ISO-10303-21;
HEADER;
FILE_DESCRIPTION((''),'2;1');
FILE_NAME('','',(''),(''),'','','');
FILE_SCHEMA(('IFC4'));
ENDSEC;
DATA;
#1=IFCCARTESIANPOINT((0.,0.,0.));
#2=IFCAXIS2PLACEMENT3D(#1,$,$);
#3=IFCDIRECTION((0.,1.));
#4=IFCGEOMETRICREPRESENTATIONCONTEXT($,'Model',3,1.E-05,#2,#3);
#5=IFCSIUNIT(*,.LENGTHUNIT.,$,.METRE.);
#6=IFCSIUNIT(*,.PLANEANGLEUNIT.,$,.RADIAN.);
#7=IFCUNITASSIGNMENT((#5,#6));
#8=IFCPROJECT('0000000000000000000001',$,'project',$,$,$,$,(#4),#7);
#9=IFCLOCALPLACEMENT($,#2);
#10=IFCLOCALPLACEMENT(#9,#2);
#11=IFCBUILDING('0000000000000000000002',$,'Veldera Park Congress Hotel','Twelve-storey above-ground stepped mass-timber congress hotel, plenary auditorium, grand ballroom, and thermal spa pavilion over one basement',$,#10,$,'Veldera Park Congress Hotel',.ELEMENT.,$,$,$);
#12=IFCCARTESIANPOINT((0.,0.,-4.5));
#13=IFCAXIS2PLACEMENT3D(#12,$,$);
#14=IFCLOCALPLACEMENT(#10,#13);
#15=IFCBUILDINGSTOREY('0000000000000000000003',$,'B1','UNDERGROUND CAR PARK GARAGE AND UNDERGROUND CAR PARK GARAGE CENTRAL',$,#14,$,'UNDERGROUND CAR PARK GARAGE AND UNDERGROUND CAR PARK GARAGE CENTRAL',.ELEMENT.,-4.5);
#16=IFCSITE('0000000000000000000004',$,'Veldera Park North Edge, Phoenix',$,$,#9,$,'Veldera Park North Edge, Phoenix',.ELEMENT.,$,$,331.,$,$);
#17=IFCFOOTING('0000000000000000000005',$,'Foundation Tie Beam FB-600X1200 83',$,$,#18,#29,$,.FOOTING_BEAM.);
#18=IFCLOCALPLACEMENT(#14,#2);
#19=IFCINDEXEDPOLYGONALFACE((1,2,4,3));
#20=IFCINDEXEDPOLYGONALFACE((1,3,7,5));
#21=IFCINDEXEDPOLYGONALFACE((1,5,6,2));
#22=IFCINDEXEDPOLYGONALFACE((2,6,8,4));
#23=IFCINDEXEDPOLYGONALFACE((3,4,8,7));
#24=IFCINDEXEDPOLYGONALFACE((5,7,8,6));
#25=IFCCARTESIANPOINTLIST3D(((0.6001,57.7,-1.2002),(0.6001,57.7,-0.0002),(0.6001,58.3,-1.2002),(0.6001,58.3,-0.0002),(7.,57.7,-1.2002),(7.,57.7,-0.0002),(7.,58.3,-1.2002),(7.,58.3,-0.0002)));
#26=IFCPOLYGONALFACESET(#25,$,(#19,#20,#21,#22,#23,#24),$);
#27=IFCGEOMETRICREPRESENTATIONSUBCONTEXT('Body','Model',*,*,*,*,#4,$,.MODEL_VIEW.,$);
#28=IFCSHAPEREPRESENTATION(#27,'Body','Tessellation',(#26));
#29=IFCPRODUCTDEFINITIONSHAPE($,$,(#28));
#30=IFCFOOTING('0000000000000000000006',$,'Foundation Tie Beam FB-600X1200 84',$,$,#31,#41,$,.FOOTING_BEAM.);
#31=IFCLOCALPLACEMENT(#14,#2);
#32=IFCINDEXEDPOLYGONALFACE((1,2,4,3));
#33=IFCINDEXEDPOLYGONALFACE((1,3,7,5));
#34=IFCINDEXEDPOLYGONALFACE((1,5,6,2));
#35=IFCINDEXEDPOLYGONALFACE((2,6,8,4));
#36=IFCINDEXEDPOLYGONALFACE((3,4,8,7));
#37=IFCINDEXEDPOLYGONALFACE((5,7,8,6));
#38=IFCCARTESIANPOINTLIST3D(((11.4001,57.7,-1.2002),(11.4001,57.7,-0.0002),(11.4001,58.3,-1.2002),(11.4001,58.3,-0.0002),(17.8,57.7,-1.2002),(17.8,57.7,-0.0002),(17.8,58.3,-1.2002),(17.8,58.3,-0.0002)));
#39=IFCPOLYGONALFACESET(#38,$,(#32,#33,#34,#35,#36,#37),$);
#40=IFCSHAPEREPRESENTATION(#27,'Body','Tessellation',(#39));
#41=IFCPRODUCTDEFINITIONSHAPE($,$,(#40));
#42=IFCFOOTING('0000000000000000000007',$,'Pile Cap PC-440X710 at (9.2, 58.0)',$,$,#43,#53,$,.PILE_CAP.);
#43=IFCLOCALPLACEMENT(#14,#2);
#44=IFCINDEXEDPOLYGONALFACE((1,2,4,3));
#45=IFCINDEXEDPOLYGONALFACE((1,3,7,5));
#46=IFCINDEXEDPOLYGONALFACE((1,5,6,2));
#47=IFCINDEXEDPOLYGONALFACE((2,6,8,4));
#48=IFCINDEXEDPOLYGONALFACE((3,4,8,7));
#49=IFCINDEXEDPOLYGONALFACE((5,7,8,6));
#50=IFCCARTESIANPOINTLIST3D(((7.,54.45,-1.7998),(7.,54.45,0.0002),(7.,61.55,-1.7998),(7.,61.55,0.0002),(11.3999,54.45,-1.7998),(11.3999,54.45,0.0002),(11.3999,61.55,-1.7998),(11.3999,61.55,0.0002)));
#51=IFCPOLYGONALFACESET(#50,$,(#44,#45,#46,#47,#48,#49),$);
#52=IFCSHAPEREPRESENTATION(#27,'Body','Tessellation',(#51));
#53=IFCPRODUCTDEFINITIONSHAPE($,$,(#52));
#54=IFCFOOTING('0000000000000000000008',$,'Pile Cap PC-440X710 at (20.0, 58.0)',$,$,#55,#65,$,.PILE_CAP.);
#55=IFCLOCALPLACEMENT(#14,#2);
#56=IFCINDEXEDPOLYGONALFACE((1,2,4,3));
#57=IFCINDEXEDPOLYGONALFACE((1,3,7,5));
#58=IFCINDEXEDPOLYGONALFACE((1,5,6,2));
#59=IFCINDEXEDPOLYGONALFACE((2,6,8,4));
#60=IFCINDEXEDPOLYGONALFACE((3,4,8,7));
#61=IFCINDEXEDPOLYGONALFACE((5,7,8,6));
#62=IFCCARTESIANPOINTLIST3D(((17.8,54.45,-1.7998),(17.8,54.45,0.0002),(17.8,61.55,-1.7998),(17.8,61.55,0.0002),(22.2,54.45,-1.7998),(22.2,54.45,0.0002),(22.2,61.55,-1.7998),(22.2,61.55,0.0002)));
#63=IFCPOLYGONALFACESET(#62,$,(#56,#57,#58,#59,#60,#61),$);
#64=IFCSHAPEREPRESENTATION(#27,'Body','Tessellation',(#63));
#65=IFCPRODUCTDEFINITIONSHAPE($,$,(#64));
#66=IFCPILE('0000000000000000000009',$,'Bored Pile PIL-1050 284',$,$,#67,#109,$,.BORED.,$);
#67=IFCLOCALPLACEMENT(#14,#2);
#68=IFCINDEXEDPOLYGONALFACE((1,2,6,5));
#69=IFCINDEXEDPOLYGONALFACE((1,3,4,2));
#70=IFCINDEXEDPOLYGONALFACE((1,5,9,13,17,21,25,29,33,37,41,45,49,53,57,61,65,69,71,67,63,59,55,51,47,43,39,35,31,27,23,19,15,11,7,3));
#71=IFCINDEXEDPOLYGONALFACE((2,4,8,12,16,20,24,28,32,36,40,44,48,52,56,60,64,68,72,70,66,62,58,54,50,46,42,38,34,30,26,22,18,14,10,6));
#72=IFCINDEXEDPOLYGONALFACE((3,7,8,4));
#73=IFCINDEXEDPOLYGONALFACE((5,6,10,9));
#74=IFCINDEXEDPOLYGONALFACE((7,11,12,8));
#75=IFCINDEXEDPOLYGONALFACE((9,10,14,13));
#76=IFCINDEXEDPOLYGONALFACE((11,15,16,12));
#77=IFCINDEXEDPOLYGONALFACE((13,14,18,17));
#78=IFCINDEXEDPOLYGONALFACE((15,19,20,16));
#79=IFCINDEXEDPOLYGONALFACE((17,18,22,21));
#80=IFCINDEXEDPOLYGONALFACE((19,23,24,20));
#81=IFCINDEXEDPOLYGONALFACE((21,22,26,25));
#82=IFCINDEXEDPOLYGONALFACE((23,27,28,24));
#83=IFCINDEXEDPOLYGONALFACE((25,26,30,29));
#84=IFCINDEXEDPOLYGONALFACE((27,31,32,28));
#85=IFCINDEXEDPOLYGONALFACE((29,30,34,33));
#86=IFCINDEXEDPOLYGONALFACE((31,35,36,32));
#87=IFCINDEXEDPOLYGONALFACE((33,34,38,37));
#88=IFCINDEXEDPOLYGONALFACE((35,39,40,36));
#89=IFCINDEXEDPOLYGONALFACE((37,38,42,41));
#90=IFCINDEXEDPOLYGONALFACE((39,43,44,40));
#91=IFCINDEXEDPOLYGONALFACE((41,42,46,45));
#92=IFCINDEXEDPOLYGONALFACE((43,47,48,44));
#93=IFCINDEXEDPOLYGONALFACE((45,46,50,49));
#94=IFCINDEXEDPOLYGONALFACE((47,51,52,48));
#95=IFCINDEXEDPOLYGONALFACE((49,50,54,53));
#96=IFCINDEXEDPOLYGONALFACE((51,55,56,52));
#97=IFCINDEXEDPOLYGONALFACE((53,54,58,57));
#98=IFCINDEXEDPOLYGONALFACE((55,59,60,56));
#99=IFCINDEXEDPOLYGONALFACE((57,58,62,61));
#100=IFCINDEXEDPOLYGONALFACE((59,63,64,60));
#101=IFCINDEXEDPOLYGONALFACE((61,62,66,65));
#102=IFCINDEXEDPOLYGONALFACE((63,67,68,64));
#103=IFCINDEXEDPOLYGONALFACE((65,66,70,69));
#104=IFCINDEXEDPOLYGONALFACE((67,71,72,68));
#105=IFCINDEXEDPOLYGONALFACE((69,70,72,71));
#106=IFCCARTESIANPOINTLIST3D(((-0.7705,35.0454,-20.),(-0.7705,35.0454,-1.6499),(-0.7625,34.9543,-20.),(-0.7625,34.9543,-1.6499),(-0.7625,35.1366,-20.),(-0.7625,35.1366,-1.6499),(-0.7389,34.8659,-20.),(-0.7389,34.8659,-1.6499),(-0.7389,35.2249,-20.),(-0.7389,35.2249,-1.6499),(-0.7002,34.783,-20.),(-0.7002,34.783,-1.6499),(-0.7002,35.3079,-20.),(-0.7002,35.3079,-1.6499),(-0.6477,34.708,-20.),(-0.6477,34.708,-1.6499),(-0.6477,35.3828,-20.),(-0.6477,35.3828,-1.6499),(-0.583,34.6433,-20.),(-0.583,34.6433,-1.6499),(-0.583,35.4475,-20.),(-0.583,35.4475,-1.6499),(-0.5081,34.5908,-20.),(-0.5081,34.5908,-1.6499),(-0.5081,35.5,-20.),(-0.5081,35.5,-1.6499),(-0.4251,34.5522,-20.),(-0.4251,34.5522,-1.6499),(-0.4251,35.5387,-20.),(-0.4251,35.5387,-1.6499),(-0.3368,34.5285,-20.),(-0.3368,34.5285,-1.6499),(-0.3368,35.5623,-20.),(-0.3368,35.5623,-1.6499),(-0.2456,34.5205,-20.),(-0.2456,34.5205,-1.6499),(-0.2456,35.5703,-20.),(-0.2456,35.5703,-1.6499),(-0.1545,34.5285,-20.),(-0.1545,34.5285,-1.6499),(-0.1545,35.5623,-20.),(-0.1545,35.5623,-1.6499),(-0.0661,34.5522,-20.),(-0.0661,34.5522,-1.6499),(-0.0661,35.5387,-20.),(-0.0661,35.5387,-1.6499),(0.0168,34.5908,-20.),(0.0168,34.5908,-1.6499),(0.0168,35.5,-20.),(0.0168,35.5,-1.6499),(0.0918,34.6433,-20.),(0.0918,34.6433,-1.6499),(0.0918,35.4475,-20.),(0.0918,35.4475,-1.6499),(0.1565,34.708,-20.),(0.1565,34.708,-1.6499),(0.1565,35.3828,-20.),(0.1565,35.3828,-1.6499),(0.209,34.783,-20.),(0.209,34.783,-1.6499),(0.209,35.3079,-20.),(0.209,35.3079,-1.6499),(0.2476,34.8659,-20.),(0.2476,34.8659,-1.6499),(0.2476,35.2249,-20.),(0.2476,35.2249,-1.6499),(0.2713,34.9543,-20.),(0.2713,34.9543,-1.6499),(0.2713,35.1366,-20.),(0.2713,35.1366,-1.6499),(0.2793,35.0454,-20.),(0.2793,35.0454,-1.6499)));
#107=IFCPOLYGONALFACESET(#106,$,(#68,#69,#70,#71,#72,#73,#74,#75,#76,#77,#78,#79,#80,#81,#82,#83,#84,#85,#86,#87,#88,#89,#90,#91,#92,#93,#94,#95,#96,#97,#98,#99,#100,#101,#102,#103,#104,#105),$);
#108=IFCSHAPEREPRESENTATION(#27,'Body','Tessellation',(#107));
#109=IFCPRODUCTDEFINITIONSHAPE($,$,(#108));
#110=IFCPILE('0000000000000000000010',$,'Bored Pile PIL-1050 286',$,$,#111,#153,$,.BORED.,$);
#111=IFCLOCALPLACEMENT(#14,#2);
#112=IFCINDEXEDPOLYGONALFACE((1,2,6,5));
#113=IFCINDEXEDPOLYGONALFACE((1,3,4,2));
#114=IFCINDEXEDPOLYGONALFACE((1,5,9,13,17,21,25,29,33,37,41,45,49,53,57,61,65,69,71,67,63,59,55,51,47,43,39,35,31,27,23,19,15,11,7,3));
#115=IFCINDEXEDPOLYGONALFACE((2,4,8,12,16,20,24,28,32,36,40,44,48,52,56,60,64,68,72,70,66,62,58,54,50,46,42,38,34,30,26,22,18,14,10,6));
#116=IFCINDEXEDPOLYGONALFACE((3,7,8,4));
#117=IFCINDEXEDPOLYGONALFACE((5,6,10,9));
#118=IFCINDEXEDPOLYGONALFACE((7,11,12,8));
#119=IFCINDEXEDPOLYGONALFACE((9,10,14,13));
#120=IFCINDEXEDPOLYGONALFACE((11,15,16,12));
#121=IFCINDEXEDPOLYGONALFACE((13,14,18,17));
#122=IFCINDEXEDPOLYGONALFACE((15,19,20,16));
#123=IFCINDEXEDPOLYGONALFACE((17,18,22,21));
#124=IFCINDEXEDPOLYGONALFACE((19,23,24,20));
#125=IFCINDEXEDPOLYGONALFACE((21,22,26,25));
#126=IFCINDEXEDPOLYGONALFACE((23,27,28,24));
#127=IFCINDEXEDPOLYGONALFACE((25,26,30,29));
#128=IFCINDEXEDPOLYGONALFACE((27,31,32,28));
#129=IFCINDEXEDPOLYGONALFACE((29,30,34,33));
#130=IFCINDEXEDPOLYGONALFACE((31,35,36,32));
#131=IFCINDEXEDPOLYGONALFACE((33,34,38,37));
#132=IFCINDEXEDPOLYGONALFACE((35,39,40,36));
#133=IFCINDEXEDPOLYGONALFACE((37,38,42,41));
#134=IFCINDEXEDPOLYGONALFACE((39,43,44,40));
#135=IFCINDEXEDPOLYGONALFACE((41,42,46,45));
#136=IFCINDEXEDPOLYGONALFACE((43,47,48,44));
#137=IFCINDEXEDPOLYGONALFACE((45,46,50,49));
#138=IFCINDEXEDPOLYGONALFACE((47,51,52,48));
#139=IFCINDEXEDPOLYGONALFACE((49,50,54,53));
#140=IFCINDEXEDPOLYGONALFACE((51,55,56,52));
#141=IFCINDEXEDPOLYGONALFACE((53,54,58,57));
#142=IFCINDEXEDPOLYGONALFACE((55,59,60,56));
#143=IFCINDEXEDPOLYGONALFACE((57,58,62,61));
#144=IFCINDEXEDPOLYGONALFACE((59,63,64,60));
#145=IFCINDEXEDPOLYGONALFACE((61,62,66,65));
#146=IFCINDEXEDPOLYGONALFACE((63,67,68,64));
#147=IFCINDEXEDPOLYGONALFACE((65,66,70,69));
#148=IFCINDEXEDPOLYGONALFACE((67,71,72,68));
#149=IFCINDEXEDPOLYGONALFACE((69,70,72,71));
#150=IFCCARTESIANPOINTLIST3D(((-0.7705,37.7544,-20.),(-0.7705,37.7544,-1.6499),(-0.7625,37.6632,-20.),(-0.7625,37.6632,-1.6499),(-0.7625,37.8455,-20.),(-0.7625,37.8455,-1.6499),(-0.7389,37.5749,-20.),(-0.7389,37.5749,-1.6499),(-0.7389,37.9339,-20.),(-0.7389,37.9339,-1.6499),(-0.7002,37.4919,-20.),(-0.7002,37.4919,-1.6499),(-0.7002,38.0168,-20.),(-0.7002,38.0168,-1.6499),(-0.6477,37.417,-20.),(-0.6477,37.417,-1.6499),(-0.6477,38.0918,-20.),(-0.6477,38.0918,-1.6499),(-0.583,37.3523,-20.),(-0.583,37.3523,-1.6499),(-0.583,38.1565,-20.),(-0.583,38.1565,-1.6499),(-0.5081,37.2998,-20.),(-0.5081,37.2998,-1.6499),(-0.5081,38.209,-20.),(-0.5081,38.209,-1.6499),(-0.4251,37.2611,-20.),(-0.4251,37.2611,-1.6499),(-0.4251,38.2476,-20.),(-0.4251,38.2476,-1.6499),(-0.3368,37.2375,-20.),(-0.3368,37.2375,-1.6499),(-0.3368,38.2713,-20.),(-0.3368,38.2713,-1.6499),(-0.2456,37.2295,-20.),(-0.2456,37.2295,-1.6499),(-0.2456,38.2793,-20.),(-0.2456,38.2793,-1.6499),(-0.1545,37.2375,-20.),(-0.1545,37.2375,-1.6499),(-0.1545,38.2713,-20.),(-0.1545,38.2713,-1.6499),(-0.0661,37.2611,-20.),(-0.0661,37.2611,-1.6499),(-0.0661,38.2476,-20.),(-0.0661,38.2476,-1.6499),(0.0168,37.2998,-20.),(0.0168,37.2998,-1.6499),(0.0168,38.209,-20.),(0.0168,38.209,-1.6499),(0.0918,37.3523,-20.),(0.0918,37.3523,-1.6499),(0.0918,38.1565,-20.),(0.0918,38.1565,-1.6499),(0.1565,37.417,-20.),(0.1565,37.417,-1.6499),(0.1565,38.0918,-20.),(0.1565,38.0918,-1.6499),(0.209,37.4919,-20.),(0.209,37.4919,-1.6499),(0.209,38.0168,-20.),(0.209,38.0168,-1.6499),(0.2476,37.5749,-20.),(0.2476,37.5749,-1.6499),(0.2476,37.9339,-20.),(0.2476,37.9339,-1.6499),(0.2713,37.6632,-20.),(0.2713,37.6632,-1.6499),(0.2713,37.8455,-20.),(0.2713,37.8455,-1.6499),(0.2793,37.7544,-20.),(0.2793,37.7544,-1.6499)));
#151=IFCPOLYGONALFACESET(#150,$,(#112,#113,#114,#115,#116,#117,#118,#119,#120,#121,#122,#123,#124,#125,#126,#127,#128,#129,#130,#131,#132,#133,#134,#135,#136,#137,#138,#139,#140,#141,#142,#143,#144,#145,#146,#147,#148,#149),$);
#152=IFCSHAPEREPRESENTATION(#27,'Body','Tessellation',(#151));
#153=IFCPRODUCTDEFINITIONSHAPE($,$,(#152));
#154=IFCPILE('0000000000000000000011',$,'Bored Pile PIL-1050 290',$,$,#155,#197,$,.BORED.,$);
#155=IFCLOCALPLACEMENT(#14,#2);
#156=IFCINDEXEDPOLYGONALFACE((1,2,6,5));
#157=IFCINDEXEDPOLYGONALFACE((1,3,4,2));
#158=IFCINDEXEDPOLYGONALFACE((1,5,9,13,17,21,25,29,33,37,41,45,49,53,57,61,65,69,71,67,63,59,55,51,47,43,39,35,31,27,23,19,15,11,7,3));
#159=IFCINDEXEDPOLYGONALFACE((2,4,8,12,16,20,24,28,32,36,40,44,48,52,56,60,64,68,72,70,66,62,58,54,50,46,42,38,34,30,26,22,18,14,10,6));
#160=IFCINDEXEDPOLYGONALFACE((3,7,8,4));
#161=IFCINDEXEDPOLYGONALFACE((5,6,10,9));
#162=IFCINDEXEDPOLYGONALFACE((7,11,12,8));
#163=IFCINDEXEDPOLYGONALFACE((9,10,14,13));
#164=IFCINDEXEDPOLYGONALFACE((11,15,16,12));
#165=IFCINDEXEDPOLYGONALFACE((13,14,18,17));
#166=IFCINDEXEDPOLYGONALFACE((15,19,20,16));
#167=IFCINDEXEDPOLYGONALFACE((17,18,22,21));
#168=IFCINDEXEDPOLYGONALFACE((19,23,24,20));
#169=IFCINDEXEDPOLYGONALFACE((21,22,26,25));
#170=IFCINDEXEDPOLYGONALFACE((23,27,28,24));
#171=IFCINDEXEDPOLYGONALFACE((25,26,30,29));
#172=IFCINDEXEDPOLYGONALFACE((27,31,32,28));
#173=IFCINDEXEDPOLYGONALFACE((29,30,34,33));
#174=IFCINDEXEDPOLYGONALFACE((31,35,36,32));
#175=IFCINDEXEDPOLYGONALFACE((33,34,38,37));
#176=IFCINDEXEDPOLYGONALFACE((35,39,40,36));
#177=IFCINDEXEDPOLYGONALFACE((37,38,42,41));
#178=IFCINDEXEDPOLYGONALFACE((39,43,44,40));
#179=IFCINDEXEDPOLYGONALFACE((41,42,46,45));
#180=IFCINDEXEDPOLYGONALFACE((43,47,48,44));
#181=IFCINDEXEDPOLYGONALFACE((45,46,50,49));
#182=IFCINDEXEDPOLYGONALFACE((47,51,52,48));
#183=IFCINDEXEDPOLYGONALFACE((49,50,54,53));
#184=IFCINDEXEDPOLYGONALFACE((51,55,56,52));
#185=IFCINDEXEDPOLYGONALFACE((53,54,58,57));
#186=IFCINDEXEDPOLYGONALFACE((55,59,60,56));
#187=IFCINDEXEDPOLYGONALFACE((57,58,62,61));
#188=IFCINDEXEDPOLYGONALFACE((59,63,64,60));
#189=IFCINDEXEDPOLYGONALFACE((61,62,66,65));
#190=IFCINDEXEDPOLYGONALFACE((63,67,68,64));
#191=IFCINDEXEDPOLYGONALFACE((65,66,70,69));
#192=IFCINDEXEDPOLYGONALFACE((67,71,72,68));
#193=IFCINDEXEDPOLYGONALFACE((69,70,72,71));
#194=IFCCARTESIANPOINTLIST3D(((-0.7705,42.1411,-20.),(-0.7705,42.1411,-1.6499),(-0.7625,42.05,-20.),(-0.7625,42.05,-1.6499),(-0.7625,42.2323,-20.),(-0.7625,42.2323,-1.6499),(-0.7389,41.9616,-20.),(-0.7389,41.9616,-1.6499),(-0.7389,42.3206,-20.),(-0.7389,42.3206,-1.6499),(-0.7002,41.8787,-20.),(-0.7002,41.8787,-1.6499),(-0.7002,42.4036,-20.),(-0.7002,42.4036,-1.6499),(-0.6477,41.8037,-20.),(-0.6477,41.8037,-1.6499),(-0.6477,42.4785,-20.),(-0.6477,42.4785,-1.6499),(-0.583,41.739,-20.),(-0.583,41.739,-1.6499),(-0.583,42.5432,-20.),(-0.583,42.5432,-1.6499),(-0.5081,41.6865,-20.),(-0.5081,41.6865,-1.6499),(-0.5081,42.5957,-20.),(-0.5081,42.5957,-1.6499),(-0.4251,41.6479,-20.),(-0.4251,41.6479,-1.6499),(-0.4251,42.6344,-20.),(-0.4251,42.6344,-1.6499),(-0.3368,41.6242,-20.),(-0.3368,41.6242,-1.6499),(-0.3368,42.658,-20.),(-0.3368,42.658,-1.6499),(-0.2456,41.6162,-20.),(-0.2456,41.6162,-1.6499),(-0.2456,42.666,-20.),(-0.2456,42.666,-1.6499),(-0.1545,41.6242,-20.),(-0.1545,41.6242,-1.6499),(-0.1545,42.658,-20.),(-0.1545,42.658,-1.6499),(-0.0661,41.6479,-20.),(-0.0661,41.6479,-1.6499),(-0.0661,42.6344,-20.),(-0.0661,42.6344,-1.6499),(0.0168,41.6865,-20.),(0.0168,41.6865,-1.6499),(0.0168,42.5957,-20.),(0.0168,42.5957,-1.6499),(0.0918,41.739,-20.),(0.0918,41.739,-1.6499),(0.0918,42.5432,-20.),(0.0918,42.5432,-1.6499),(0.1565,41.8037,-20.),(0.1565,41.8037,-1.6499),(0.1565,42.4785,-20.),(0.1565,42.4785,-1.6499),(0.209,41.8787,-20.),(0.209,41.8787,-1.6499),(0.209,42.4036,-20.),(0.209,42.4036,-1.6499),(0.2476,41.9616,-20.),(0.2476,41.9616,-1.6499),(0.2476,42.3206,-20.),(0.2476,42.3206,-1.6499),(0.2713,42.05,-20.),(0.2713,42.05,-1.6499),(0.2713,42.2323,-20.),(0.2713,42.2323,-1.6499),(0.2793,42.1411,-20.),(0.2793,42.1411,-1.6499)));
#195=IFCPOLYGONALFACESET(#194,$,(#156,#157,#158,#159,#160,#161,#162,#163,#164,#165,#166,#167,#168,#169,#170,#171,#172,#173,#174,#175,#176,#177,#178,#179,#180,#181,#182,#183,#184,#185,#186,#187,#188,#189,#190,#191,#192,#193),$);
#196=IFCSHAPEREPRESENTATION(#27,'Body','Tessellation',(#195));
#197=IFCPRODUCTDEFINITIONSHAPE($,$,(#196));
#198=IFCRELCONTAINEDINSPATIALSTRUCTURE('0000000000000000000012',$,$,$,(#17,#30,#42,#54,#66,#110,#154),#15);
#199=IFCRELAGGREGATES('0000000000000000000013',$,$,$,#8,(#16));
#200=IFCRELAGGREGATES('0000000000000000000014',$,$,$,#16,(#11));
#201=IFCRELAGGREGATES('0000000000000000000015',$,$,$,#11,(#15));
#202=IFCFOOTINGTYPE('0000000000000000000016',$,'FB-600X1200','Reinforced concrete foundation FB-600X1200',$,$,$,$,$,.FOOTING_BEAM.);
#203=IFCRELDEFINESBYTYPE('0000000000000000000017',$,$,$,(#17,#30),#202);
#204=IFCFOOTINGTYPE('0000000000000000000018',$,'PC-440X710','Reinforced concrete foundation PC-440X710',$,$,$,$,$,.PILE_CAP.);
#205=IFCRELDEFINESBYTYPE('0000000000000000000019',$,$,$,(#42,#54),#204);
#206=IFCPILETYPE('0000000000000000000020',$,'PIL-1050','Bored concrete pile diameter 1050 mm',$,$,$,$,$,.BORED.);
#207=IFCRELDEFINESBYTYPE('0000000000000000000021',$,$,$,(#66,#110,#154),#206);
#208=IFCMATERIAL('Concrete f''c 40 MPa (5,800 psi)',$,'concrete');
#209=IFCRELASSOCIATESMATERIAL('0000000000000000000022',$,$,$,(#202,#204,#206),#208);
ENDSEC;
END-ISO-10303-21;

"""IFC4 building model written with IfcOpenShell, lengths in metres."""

from ifc_helpers import new_model, si_unit, direction, frame, origin, origin_2d, place, context, subcontext, project, spatial, rectangle, circle, extrude, material, material_profile, profile_set, type_object, element, save


model = new_model("IFC4")

# Units and contexts
model_context = context("Model", 3, precision=1e-05, world=origin(), true_north=direction((0.0, 1.0)))
body_context = subcontext(model_context, "Body", "Model", "MODEL_VIEW")
ifc_project = project(units=[si_unit("LENGTHUNIT", "METRE"), si_unit("PLANEANGLEUNIT", "RADIAN")], contexts=[model_context])

# Site, building, storey
site_placement = place(None, origin())
site = spatial("IfcSite", under=ifc_project, at=site_placement, Name="Veldera Park North Edge, Phoenix", LongName="Veldera Park North Edge, Phoenix", CompositionType="ELEMENT", RefElevation=331.0)
building_placement = place(site_placement, origin())
building = spatial("IfcBuilding", under=site, at=building_placement, Name="Veldera Park Congress Hotel", Description="Twelve-storey above-ground stepped mass-timber congress hotel, plenary auditorium, grand ballroom, and thermal spa pavilion over one basement", LongName="Veldera Park Congress Hotel", CompositionType="ELEMENT")
storey_placement = place(building_placement, frame((0.0, 0.0, -4.5)))
storey = spatial("IfcBuildingStorey", under=building, at=storey_placement, Name="B1", Description="UNDERGROUND CAR PARK GARAGE AND UNDERGROUND CAR PARK GARAGE CENTRAL", LongName="UNDERGROUND CAR PARK GARAGE AND UNDERGROUND CAR PARK GARAGE CENTRAL", CompositionType="ELEMENT", Elevation=-4.5)

# Footings
ifc_material_1 = material(Name="Concrete f'c 40 MPa (5,800 psi)", Category="concrete")
footing_type_1 = type_object("IfcFootingType", Name="FB-600X1200", Description="Reinforced concrete foundation FB-600X1200", PredefinedType="FOOTING_BEAM", material=ifc_material_1)
for number, where, z_axis, x_axis, name in (
    (1, (3.8, 58.0, -1.2002), (0.0, 0.0, 1.0), (1.0, 0.0, 0.0), "Foundation Tie Beam FB-600X1200 83"),
    (2, (14.6001, 58.0, -1.2002), (0.0, 0.0, 1.0), (1.0, 0.0, 0.0), "Foundation Tie Beam FB-600X1200 84"),
):
    element("IfcFooting", number, at=place(storey_placement, frame(where, z_axis=z_axis, x_axis=x_axis)), inside=storey, type_object=footing_type_1, Name=name, PredefinedType="FOOTING_BEAM", context=body_context, shape_type="SweptSolid", body=[
        extrude(rectangle(XDim=6.3999, YDim=0.6001, at=origin_2d()), origin(), (0.0, 0.0, 1.0), 1.2),
    ])
footing_type_2 = type_object("IfcFootingType", Name="PC-440X710", Description="Reinforced concrete foundation PC-440X710", PredefinedType="PILE_CAP", material=ifc_material_1)
for number, where, z_axis, x_axis, name in (
    (3, (9.2, 58.0, -1.7998), (0.0, 0.0, 1.0), (1.0, 0.0, 0.0), "Pile Cap PC-440X710 at (9.2, 58.0)"),
    (4, (20.0, 58.0, -1.7998), (0.0, 0.0, 1.0), (1.0, 0.0, 0.0), "Pile Cap PC-440X710 at (20.0, 58.0)"),
):
    element("IfcFooting", number, at=place(storey_placement, frame(where, z_axis=z_axis, x_axis=x_axis)), inside=storey, type_object=footing_type_2, Name=name, PredefinedType="PILE_CAP", context=body_context, shape_type="SweptSolid", body=[
        extrude(rectangle(XDim=4.3999, YDim=7.1001, at=origin_2d()), origin(), (0.0, 0.0, 1.0), 1.8),
    ])

# Piles
ifc_material_profile_1 = material_profile(ifc_material_1, circle(Radius=0.5249, at=origin_2d()), Name="PILE D1050")
ifc_profile_set_1 = profile_set([ifc_material_profile_1], Name="Concrete f'c 40 MPa (5,800 psi)")
pile_type = type_object("IfcPileType", Name="PIL-1050", Description="Bored concrete pile diameter 1050 mm", PredefinedType="BORED", material=ifc_profile_set_1)
for number, where, z_axis, x_axis, name in (
    (5, (-0.2456, 35.0454, -1.6499), (0.0, 0.0, -1.0), (1.0, 0.0, 0.0), "Bored Pile PIL-1050 284"),
    (6, (-0.2456, 37.7544, -1.6499), (0.0, 0.0, -1.0), (1.0, 0.0, 0.0), "Bored Pile PIL-1050 286"),
    (7, (-0.2456, 42.1411, -1.6499), (0.0, 0.0, -1.0), (1.0, 0.0, 0.0), "Bored Pile PIL-1050 290"),
):
    element("IfcPile", number, at=place(storey_placement, frame(where, z_axis=z_axis, x_axis=x_axis)), inside=storey, type_object=pile_type, Name=name, PredefinedType="BORED", context=body_context, shape_type="SweptSolid", body=[
        extrude(circle(Radius=0.5249, at=origin_2d()), origin(), (0.0, 0.0, 1.0), 18.3501),
    ])

save(model, "model.ifc")
